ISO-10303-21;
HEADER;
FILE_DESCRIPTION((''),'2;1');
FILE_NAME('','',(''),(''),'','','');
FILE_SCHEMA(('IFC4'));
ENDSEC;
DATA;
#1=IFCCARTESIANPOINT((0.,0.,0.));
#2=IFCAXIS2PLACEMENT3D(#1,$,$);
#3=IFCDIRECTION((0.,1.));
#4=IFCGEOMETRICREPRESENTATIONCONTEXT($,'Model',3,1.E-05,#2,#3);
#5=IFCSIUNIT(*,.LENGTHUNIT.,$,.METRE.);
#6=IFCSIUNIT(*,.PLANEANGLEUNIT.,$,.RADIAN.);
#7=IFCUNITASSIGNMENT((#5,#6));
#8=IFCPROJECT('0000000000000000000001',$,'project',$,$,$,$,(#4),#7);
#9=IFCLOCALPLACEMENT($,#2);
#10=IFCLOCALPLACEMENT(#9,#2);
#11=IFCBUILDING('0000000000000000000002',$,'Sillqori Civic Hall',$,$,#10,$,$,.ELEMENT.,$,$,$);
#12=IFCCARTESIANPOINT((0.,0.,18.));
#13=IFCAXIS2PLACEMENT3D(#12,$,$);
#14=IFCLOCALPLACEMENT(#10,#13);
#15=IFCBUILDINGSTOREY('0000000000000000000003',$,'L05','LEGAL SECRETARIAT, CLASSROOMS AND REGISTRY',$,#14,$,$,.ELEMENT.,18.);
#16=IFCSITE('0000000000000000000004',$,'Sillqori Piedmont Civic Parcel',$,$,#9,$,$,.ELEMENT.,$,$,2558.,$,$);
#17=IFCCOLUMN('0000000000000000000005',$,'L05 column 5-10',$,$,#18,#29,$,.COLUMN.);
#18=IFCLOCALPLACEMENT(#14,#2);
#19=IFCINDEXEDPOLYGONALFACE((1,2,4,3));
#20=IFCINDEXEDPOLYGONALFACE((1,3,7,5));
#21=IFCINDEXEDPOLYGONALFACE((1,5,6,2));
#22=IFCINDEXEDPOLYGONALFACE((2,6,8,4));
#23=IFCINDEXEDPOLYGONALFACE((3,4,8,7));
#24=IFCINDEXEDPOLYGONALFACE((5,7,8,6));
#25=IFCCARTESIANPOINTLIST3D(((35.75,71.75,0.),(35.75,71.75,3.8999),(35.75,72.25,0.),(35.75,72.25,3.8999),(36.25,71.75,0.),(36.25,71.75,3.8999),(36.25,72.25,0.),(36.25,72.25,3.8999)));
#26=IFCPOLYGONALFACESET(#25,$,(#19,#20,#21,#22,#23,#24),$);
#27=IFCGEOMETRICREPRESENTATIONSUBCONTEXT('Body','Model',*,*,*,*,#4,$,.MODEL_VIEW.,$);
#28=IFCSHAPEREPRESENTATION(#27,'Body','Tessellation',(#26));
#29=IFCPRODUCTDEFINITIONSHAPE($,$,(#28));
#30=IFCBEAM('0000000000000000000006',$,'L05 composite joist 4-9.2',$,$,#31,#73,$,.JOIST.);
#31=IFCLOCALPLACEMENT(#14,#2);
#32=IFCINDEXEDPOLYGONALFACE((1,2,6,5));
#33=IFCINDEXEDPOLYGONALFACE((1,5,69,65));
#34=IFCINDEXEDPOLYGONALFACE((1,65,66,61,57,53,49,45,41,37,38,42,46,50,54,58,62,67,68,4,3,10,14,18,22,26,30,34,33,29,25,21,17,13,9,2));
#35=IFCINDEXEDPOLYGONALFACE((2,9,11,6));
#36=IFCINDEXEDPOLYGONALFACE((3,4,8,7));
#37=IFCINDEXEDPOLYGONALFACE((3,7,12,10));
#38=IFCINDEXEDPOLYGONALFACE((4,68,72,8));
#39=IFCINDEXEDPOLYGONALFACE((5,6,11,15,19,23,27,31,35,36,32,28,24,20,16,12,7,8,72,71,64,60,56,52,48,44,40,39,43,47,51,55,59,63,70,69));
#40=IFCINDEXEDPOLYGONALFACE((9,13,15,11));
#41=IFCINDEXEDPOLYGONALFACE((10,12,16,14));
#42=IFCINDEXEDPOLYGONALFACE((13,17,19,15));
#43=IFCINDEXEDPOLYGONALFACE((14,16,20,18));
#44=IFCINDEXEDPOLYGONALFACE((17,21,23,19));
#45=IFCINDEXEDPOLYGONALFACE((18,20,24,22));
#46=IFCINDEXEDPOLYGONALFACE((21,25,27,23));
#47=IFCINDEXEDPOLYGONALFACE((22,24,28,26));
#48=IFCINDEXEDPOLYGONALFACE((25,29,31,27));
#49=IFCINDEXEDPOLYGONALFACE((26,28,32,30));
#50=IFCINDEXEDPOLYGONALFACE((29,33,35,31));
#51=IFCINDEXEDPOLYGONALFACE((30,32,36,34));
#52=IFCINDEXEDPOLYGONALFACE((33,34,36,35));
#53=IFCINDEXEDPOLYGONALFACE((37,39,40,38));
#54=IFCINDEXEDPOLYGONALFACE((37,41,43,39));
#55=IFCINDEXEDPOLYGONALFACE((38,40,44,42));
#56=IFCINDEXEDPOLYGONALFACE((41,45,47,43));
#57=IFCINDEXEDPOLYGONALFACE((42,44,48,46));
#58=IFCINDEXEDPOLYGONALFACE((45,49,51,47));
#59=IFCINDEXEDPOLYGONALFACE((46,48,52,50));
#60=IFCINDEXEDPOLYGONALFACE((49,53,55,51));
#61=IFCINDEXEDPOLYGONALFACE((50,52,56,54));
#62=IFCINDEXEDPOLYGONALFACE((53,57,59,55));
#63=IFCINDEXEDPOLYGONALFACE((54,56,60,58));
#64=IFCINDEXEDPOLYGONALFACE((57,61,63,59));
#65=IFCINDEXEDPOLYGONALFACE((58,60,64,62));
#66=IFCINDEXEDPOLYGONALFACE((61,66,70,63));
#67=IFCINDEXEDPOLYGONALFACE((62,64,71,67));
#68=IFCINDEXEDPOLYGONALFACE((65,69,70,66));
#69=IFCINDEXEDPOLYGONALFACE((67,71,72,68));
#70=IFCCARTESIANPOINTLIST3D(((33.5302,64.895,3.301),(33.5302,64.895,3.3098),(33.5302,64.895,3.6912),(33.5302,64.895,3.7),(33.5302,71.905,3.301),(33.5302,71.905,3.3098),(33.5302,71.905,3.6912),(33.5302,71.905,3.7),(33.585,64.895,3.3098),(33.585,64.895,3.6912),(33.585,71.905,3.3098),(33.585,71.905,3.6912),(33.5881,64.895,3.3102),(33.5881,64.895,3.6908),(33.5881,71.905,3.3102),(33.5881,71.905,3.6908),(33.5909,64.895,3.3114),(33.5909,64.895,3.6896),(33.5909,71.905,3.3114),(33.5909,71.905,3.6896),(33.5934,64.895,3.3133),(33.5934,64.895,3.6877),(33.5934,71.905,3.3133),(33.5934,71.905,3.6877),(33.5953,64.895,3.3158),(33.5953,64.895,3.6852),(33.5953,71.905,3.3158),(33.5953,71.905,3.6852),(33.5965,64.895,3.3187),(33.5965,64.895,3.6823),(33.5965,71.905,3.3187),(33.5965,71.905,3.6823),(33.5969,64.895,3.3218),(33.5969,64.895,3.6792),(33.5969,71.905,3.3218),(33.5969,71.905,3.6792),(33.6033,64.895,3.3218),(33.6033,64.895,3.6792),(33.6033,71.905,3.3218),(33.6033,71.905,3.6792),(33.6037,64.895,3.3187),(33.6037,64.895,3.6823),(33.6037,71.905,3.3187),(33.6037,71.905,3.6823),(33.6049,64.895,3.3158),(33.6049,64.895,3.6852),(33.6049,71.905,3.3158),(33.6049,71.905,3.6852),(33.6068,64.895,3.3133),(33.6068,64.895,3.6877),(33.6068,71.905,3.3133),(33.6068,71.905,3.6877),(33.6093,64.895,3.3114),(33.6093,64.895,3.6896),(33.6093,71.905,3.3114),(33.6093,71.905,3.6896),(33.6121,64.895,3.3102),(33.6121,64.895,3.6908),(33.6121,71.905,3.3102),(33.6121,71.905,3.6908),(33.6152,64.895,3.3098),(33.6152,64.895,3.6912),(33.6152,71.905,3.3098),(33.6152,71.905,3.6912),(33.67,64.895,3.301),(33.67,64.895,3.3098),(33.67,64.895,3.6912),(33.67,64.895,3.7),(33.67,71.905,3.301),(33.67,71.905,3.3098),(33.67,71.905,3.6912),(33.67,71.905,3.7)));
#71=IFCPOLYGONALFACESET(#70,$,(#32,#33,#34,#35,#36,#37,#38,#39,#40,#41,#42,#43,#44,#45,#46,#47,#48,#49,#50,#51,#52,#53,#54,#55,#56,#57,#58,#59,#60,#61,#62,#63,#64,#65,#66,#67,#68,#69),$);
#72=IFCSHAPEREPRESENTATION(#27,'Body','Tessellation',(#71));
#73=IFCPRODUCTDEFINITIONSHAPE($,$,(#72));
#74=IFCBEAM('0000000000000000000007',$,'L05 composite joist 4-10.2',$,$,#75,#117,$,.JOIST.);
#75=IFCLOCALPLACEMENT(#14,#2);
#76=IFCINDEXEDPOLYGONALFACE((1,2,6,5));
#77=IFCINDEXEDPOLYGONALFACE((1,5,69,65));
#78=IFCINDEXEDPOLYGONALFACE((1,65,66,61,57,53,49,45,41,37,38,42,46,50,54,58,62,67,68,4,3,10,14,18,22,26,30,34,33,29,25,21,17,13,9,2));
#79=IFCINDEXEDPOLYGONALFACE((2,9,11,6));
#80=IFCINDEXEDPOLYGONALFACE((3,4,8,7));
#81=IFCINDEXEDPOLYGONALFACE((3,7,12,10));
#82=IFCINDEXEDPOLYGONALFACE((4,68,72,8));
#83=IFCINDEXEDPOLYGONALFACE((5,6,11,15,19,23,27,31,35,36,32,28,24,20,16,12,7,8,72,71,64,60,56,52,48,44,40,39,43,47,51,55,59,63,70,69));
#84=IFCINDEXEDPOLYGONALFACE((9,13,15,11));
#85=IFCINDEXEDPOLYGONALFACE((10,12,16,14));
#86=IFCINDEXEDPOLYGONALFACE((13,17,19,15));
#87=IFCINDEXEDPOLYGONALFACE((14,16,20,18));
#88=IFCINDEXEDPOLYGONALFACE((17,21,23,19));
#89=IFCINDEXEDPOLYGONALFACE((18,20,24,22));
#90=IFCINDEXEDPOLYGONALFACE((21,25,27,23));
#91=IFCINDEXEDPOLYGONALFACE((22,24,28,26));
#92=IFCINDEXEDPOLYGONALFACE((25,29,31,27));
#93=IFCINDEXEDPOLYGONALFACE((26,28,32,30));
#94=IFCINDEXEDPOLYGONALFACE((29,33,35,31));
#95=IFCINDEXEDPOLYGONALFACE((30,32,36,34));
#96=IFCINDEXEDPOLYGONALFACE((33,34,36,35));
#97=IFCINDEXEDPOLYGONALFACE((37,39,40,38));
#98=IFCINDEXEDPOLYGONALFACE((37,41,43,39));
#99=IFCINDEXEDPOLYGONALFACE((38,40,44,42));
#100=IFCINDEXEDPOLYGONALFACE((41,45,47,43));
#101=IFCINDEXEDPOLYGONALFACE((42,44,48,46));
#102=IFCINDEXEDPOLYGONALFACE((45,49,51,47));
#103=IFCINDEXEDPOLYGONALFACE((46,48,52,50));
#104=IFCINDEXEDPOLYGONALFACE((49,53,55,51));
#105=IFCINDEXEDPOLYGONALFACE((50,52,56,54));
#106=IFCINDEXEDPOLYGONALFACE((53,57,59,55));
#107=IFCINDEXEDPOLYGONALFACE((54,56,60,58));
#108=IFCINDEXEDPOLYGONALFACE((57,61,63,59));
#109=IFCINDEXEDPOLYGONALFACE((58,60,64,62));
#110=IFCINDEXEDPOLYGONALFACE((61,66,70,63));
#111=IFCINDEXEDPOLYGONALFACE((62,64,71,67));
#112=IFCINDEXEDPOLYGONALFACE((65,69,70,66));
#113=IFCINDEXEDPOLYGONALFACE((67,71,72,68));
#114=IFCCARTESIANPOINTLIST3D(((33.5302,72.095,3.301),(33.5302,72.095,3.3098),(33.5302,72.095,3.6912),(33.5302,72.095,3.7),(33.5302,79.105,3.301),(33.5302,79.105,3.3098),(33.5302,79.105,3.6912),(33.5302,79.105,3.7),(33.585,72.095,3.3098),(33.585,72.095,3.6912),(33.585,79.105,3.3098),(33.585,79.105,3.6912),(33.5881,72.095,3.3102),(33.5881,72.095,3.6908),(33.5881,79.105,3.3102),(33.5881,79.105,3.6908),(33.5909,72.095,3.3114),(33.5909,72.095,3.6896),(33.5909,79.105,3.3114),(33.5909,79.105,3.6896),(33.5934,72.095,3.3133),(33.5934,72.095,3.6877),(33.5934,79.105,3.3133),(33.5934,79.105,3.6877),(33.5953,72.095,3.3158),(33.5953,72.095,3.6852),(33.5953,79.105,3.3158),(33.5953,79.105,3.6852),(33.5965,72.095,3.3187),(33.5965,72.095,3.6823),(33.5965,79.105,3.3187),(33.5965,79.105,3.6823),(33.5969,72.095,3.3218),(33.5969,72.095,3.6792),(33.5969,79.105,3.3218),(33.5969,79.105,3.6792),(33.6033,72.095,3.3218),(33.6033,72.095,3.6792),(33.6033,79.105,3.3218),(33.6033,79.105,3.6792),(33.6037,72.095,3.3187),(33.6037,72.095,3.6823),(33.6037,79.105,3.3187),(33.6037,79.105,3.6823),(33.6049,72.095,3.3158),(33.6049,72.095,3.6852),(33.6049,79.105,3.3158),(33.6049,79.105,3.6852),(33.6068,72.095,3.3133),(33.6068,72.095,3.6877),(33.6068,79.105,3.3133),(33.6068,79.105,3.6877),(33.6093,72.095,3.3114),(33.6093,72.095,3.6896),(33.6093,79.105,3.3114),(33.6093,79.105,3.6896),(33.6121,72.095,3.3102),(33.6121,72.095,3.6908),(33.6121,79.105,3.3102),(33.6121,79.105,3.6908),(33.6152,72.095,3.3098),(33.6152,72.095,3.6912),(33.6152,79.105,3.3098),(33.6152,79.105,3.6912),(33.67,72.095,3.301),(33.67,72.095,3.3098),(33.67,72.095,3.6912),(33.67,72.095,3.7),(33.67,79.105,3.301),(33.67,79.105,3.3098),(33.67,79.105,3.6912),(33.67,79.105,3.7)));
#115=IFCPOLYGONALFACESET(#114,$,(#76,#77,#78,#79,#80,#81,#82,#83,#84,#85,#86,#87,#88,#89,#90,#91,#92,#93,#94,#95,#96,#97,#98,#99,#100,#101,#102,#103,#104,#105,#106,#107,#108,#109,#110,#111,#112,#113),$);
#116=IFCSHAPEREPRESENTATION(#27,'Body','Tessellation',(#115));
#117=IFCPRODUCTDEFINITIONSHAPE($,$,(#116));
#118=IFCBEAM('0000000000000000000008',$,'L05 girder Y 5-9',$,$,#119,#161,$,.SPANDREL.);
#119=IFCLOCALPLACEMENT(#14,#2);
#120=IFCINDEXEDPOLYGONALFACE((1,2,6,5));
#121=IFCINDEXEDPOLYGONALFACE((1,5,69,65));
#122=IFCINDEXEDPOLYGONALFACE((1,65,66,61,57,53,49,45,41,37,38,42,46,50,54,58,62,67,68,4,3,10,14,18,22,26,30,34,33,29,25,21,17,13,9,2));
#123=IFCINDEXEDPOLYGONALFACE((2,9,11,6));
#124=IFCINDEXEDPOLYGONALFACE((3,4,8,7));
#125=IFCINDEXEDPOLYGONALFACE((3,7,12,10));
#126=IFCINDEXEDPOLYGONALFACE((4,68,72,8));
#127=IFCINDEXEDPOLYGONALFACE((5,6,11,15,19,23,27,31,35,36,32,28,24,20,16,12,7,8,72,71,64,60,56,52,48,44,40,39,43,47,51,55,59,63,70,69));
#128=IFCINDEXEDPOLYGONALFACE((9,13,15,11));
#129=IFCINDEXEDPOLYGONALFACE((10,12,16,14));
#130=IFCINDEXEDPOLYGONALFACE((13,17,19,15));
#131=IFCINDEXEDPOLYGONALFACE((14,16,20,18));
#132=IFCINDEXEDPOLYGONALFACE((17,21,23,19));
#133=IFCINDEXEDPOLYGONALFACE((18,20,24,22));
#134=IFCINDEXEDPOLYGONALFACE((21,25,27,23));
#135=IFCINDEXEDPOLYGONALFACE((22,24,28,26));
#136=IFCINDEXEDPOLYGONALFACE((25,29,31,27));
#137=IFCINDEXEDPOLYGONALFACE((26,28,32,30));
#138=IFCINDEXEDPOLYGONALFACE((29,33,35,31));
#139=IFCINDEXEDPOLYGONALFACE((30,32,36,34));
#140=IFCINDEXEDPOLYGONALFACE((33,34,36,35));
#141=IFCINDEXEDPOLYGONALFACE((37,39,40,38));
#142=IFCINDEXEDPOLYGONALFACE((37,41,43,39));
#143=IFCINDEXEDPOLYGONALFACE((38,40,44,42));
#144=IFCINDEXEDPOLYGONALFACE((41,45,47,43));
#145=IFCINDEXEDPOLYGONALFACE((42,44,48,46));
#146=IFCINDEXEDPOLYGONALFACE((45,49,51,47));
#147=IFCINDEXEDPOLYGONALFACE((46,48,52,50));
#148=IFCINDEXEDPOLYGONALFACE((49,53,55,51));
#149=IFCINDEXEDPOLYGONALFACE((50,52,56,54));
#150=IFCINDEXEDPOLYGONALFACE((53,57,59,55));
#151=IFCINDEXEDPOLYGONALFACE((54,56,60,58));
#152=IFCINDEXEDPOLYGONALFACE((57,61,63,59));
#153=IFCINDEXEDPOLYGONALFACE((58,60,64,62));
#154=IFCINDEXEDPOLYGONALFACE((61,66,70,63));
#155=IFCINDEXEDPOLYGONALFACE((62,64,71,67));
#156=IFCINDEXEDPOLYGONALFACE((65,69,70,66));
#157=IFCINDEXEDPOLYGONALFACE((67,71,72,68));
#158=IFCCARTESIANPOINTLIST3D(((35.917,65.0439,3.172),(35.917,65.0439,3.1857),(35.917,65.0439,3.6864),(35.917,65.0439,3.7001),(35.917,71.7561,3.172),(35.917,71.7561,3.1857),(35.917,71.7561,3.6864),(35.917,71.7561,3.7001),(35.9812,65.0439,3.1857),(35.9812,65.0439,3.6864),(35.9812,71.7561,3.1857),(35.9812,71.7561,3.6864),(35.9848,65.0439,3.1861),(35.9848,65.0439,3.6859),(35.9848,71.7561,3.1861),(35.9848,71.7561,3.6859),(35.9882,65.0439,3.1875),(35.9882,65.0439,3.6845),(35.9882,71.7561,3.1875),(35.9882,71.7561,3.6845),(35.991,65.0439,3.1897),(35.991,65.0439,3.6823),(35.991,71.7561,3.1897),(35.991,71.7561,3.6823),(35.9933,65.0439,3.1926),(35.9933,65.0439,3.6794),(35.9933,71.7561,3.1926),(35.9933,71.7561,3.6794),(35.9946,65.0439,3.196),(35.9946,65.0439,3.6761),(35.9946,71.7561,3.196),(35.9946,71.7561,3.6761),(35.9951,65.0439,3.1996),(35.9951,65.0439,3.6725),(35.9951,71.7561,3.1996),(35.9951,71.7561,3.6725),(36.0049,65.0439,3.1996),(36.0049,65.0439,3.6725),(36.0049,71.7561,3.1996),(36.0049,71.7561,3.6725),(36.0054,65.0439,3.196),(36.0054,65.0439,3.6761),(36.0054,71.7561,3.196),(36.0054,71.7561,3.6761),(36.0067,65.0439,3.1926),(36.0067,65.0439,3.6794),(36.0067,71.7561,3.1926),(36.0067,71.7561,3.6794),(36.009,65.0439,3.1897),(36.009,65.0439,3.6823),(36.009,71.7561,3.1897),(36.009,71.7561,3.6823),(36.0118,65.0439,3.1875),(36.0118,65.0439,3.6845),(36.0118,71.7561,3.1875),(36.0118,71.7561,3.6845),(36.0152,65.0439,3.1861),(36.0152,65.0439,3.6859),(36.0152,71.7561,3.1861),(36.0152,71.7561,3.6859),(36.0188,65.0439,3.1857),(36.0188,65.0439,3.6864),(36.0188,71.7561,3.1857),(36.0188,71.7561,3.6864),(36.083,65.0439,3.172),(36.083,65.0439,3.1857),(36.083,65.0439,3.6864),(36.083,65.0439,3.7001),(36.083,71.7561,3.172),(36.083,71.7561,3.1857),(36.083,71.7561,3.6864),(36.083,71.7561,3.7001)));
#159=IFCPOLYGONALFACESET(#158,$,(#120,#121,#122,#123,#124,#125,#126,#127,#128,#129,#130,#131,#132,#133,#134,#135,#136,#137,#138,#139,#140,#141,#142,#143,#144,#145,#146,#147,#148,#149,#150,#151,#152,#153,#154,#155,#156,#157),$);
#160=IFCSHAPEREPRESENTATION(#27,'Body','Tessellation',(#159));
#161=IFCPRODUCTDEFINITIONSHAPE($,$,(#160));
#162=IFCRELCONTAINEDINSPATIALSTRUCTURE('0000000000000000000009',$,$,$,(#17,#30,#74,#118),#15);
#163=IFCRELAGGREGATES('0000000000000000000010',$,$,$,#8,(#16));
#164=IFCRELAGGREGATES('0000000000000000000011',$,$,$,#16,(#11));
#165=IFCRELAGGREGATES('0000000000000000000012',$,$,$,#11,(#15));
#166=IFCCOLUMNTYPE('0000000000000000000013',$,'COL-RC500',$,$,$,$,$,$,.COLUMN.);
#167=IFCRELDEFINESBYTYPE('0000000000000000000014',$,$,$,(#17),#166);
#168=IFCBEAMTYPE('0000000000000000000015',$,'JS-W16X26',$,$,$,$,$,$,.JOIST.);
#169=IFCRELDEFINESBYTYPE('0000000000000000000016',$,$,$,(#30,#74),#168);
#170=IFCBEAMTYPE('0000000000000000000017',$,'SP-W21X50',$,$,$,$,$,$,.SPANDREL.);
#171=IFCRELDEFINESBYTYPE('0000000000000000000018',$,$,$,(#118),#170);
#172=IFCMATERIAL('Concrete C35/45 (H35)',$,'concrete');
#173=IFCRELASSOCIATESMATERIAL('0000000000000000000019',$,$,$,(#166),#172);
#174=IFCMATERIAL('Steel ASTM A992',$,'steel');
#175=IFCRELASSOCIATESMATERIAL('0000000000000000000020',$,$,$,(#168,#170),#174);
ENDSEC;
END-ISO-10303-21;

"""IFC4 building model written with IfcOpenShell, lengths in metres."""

from ifc_helpers import new_model, si_unit, direction, frame, origin, origin_2d, place, context, subcontext, project, spatial, rectangle, i_section, extrude, material, material_profile, profile_set, type_object, element, save


model = new_model("IFC4")

# Units and contexts
model_context = context("Model", 3, precision=1e-05, world=origin(), true_north=direction((0.0, 1.0)))
body_context = subcontext(model_context, "Body", "Model", "MODEL_VIEW")
ifc_project = project(units=[si_unit("LENGTHUNIT", "METRE"), si_unit("PLANEANGLEUNIT", "RADIAN")], contexts=[model_context])

# Site, building, storey
site_placement = place(None, origin())
site = spatial("IfcSite", under=ifc_project, at=site_placement, Name="Sillqori Piedmont Civic Parcel", CompositionType="ELEMENT", RefElevation=2558.0)
building_placement = place(site_placement, origin())
building = spatial("IfcBuilding", under=site, at=building_placement, Name="Sillqori Civic Hall", CompositionType="ELEMENT")
storey_placement = place(building_placement, frame((0.0, 0.0, 18.0)))
storey = spatial("IfcBuildingStorey", under=building, at=storey_placement, Name="L05", Description="LEGAL SECRETARIAT, CLASSROOMS AND REGISTRY", CompositionType="ELEMENT", Elevation=18.0)

# Column
ifc_material_1 = material(Name="Concrete C35/45 (H35)", Category="concrete")
ifc_material_profile_1 = material_profile(ifc_material_1, rectangle(XDim=0.5, YDim=0.5, at=origin_2d()), Name="RC 500x500")
ifc_profile_set_1 = profile_set([ifc_material_profile_1], Name="Concrete C35/45 (H35)")
column_type = type_object("IfcColumnType", Name="COL-RC500", PredefinedType="COLUMN", material=ifc_profile_set_1)
column_placement = place(storey_placement, frame((36.0, 72.0, 0.0), z_axis=(0.0, 0.0, 1.0), x_axis=(1.0, 0.0, 0.0)))
element("IfcColumn", 1, at=column_placement, inside=storey, type_object=column_type, Name="L05 column 5-10", PredefinedType="COLUMN", context=body_context, shape_type="SweptSolid", body=[
    extrude(rectangle(XDim=0.5, YDim=0.5, at=origin_2d()), origin(), (0.0, 0.0, 1.0), 3.8999),
])

# Beams
ifc_material_2 = material(Name="Steel ASTM A992", Category="steel")
ifc_material_profile_2 = material_profile(ifc_material_2, i_section(OverallWidth=0.1399, OverallDepth=0.3989, WebThickness=0.0063, FlangeThickness=0.0088, FilletRadius=0.012, at=origin_2d()), Name="W16X26")
ifc_profile_set_2 = profile_set([ifc_material_profile_2], Name="Steel ASTM A992")
beam_type_1 = type_object("IfcBeamType", Name="JS-W16X26", PredefinedType="JOIST", material=ifc_profile_set_2)
for number, where, z_axis, x_axis, name in (
    (2, (33.6001, 64.895, 3.5005), (0.0, 1.0, 0.0), (-1.0, 0.0, 0.0), "L05 composite joist 4-9.2"),
    (3, (33.6001, 72.095, 3.5005), (0.0, 1.0, 0.0), (-1.0, 0.0, 0.0), "L05 composite joist 4-10.2"),
):
    element("IfcBeam", number, at=place(storey_placement, frame(where, z_axis=z_axis, x_axis=x_axis)), inside=storey, type_object=beam_type_1, Name=name, PredefinedType="JOIST", context=body_context, shape_type="SweptSolid", body=[
        extrude(i_section(OverallWidth=0.1399, OverallDepth=0.3989, WebThickness=0.0063, FlangeThickness=0.0088, FilletRadius=0.012, at=origin_2d()), origin(), (0.0, 0.0, 1.0), 7.01),
    ])
ifc_material_profile_3 = material_profile(ifc_material_2, i_section(OverallWidth=0.166, OverallDepth=0.5281, WebThickness=0.0098, FlangeThickness=0.0137, FilletRadius=0.0139, at=origin_2d()), Name="W21X50")
ifc_profile_set_3 = profile_set([ifc_material_profile_3], Name="Steel ASTM A992")
beam_type_2 = type_object("IfcBeamType", Name="SP-W21X50", PredefinedType="SPANDREL", material=ifc_profile_set_3)
for number, where, z_axis, x_axis, name in (
    (4, (36.0, 65.0439, 3.436), (0.0, 1.0, 0.0), (-1.0, 0.0, 0.0), "L05 girder Y 5-9"),
):
    element("IfcBeam", number, at=place(storey_placement, frame(where, z_axis=z_axis, x_axis=x_axis)), inside=storey, type_object=beam_type_2, Name=name, PredefinedType="SPANDREL", context=body_context, shape_type="SweptSolid", body=[
        extrude(i_section(OverallWidth=0.166, OverallDepth=0.5281, WebThickness=0.0098, FlangeThickness=0.0137, FilletRadius=0.0139, at=origin_2d()), origin(), (0.0, 0.0, 1.0), 6.7122),
    ])

save(model, "model.ifc")
